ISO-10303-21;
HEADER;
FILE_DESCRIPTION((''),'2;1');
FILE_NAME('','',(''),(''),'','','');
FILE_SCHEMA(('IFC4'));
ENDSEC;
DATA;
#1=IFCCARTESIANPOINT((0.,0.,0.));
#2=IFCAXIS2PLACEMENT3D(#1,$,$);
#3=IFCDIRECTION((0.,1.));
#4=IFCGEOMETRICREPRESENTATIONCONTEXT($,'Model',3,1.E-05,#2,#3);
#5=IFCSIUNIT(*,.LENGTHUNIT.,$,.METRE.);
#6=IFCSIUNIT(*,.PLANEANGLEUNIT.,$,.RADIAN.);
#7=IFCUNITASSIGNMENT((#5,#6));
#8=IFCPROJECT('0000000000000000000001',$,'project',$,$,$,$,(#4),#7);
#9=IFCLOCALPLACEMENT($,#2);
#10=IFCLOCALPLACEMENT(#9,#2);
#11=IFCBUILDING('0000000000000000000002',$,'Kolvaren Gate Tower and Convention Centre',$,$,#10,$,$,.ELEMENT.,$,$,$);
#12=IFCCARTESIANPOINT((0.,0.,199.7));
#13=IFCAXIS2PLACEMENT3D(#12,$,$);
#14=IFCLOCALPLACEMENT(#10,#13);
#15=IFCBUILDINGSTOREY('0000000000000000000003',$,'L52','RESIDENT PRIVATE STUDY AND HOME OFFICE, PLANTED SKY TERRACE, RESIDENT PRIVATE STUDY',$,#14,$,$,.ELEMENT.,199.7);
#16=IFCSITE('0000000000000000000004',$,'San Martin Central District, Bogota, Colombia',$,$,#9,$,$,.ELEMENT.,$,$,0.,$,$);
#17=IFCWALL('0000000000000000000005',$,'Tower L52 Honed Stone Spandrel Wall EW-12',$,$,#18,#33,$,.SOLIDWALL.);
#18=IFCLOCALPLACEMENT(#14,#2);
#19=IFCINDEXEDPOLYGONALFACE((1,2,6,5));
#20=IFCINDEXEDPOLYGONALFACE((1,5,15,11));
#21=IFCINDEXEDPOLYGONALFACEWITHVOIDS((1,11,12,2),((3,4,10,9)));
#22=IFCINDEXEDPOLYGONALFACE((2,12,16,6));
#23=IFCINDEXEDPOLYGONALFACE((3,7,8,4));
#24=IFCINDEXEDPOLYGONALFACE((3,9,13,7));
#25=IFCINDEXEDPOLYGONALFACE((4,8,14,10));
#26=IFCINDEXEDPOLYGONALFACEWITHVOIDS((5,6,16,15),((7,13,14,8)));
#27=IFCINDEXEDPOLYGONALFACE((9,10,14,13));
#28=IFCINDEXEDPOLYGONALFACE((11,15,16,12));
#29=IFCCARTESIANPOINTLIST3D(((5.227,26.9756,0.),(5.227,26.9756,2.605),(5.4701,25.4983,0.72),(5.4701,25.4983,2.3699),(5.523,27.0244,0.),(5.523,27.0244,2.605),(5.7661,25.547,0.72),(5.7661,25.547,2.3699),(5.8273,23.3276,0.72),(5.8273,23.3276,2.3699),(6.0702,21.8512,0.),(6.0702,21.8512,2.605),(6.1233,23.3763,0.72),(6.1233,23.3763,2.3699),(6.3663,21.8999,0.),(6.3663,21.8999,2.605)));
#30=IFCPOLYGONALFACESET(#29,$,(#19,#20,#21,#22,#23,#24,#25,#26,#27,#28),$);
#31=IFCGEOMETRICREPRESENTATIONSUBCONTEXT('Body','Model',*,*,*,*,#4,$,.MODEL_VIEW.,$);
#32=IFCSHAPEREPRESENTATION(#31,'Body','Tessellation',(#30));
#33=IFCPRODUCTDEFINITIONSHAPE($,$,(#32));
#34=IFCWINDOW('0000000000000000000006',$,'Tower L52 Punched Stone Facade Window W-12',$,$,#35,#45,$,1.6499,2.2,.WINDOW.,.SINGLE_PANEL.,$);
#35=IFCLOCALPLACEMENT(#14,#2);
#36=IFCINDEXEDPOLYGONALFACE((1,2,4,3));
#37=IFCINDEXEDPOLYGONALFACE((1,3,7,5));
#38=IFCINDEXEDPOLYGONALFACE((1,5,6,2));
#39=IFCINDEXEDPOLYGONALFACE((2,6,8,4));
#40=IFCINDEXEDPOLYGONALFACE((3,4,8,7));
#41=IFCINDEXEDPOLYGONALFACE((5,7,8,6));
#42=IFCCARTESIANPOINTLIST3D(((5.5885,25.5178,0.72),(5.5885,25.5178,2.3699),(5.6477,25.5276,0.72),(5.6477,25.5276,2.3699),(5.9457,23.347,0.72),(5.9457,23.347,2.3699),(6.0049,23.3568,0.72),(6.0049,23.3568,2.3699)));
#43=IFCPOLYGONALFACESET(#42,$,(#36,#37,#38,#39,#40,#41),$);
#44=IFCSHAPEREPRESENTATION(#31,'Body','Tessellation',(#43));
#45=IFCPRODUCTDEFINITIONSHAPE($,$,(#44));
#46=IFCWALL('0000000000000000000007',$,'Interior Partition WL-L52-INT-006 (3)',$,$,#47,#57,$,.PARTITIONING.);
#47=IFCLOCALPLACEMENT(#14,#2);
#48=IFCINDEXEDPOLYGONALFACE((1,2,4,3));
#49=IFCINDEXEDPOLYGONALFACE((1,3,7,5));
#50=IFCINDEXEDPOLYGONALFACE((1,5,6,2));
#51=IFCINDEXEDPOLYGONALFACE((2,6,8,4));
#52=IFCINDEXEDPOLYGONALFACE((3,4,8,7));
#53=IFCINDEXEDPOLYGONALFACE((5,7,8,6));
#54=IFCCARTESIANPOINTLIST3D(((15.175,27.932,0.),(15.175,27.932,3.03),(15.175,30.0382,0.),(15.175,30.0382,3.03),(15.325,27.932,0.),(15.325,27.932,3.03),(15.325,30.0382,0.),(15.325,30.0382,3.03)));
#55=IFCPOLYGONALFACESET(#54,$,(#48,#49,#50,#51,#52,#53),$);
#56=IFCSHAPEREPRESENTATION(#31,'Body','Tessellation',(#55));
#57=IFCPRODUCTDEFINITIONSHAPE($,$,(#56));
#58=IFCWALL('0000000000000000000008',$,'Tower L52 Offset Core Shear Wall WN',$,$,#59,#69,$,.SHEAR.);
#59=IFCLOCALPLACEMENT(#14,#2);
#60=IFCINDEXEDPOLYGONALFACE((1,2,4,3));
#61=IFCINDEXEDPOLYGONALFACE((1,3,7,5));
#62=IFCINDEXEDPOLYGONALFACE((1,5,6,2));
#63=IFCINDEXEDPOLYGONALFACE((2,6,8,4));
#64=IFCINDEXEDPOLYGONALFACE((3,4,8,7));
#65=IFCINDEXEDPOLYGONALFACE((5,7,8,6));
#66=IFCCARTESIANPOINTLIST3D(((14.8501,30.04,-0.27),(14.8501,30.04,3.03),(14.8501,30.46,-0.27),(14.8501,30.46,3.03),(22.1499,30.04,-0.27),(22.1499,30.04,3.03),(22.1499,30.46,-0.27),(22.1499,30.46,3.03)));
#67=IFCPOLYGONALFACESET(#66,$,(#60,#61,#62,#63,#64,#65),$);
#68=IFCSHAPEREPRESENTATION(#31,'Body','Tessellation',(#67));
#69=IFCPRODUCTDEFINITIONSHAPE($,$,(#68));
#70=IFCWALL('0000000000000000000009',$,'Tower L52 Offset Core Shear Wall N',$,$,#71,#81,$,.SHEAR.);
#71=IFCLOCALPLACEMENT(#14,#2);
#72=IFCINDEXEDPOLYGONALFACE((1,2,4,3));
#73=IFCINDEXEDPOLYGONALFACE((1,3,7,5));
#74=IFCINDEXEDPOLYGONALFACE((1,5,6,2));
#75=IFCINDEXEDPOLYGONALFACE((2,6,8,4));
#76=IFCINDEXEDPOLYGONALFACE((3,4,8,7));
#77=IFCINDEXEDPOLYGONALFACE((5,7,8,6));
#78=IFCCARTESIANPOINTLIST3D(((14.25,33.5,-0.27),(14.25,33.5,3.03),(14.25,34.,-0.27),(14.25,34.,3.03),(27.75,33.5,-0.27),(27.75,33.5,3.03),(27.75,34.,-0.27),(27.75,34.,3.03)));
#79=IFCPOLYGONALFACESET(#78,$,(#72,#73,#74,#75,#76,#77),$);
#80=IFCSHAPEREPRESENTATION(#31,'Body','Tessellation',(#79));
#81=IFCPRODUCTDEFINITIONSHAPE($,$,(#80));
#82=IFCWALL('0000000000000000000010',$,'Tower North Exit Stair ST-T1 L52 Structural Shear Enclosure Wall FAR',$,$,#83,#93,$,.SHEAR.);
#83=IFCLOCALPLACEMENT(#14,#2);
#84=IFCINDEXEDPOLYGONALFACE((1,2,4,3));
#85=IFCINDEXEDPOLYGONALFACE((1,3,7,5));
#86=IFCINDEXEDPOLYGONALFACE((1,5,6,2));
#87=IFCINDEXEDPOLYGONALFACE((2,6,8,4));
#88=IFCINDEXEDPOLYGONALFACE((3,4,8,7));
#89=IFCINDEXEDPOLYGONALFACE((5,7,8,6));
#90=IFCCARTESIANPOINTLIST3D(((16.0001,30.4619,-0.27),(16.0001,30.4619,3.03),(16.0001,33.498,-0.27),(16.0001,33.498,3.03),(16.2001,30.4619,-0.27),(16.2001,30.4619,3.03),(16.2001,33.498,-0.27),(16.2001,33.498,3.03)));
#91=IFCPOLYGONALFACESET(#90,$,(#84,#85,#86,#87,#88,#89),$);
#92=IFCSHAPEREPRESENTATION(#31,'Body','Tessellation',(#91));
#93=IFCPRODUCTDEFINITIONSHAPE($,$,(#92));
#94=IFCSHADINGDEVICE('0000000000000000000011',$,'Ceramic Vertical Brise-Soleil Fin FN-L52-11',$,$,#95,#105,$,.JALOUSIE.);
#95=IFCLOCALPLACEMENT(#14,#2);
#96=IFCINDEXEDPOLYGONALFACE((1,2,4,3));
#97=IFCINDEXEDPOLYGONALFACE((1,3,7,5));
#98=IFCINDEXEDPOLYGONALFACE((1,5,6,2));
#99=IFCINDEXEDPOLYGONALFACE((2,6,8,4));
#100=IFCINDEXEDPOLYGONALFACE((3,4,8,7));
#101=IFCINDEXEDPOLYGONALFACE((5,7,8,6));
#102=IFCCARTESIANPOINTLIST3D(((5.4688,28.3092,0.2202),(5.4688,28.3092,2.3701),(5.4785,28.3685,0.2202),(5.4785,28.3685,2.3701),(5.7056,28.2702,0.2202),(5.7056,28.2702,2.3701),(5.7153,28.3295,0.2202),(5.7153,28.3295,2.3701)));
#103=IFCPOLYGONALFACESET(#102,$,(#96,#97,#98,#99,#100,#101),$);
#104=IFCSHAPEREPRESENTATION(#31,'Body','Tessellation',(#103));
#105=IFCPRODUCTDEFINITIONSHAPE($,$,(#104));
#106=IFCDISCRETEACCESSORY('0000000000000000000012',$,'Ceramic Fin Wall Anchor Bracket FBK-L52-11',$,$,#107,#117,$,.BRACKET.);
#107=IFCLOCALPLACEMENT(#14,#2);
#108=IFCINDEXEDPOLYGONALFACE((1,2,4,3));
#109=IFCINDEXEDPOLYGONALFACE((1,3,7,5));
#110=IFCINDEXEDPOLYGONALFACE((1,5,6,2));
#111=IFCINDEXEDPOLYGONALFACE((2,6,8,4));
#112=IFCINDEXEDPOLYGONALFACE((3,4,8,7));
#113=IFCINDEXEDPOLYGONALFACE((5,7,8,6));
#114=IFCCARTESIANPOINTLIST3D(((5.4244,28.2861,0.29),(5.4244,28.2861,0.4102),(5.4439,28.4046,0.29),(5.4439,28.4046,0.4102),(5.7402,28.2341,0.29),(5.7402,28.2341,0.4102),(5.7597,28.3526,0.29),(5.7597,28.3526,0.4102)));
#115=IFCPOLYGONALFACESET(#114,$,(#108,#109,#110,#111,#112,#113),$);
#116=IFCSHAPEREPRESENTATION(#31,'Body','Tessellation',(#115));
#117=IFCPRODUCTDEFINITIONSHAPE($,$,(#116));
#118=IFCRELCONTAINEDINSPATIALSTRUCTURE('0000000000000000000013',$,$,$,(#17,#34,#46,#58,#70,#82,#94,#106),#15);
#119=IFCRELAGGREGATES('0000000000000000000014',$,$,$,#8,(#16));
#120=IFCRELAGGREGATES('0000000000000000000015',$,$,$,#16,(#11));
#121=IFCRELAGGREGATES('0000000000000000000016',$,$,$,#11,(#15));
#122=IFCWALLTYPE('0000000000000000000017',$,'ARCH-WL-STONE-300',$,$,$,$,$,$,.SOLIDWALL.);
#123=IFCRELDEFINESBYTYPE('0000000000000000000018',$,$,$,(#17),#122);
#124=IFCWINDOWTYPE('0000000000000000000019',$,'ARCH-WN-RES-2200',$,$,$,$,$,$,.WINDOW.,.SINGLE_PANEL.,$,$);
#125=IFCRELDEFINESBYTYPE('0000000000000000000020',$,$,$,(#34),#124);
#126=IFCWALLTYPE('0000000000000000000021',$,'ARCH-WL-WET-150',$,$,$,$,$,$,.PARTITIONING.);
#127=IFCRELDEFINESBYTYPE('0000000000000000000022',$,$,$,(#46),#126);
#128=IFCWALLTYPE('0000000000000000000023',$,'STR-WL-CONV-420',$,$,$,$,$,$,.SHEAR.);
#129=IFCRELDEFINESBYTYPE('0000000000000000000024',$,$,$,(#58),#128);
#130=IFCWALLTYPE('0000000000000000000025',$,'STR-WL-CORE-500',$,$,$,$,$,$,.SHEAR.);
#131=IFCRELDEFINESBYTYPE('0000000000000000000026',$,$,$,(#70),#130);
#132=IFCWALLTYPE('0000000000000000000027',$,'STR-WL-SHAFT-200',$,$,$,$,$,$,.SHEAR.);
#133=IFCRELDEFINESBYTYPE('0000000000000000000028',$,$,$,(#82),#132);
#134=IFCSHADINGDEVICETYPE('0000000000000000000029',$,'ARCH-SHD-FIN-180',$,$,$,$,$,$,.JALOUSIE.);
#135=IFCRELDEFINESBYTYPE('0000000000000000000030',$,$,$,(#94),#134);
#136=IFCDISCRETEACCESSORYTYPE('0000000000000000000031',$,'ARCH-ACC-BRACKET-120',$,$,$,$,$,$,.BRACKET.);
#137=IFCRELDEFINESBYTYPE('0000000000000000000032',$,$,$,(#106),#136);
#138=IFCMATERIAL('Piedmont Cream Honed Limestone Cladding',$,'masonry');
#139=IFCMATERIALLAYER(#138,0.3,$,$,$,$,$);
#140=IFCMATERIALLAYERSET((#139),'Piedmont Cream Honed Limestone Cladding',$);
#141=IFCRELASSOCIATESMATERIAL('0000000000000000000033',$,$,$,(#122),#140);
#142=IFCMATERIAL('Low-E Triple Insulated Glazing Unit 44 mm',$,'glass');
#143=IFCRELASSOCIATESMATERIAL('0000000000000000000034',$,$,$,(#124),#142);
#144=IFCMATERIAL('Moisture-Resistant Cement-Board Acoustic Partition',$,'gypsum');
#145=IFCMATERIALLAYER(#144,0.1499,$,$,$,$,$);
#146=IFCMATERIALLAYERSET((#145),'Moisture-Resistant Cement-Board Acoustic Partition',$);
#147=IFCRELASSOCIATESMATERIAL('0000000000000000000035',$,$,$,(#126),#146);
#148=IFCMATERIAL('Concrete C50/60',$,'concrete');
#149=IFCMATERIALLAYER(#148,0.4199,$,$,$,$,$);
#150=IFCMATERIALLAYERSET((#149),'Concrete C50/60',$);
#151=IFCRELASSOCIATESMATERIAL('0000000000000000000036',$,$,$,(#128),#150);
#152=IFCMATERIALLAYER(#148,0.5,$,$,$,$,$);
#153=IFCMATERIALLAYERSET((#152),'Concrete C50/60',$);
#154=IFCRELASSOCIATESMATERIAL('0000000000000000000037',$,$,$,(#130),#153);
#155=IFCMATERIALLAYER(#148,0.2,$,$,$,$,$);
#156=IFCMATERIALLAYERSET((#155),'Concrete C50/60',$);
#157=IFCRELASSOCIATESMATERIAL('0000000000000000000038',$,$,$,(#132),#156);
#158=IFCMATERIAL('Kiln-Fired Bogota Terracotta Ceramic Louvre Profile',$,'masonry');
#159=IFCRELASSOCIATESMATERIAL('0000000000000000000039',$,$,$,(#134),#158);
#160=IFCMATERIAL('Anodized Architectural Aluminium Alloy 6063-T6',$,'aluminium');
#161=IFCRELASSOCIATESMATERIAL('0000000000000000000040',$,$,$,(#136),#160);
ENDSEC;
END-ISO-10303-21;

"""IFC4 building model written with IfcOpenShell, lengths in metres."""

from ifc_helpers import new_model, si_unit, direction, frame, frame_2d, origin, origin_2d, place, context, subcontext, project, spatial, rectangle, extrude, material, layer, layer_set, type_object, element, fill, save


model = new_model("IFC4")

# Units and contexts
model_context = context("Model", 3, precision=1e-05, world=origin(), true_north=direction((0.0, 1.0)))
body_context = subcontext(model_context, "Body", "Model", "MODEL_VIEW")
ifc_project = project(units=[si_unit("LENGTHUNIT", "METRE"), si_unit("PLANEANGLEUNIT", "RADIAN")], contexts=[model_context])

# Site, building, storey
site_placement = place(None, origin())
site = spatial("IfcSite", under=ifc_project, at=site_placement, Name="San Martin Central District, Bogota, Colombia", CompositionType="ELEMENT", RefElevation=0.0)
building_placement = place(site_placement, origin())
building = spatial("IfcBuilding", under=site, at=building_placement, Name="Kolvaren Gate Tower and Convention Centre", CompositionType="ELEMENT")
storey_placement = place(building_placement, frame((0.0, 0.0, 199.7)))
storey = spatial("IfcBuildingStorey", under=building, at=storey_placement, Name="L52", Description="RESIDENT PRIVATE STUDY AND HOME OFFICE, PLANTED SKY TERRACE, RESIDENT PRIVATE STUDY", CompositionType="ELEMENT", Elevation=199.7)

# Shared definitions
ifc_material_1 = material(Name="Piedmont Cream Honed Limestone Cladding", Category="masonry")

# Shared definitions
ifc_layer_1 = layer(ifc_material_1, 0.3)
ifc_layer_set_1 = layer_set([ifc_layer_1], Name="Piedmont Cream Honed Limestone Cladding")
wall_type_1 = type_object("IfcWallType", Name="ARCH-WL-STONE-300", PredefinedType="SOLIDWALL", material=ifc_layer_set_1)
ifc_material_2 = material(Name="Anodized Architectural Aluminium Alloy 6063-T6", Category="aluminium")

# Wall, opening, window
ifc_material_3 = material(Name="Low-E Triple Insulated Glazing Unit 44 mm", Category="glass")
window_type = type_object("IfcWindowType", Name="ARCH-WN-RES-2200", PartitioningType="SINGLE_PANEL", PredefinedType="WINDOW", material=ifc_material_3)
wall_1_placement = place(storey_placement, frame((5.375, 27.0, 0.0), z_axis=(0.0, 0.0, 1.0), x_axis=(0.162371, -0.98673, 0.0)))
wall_1 = element("IfcWall", 1, at=wall_1_placement, inside=storey, type_object=wall_type_1, Name="Tower L52 Honed Stone Spandrel Wall EW-12", PredefinedType="SOLIDWALL", context=body_context, shape_type="SweptSolid", body=[
    extrude(rectangle(XDim=5.1934, YDim=0.3, at=frame_2d((2.5967, 0.0))), origin(), (0.0, 0.0, 1.0), 2.605),
])
opening_1_placement = place(wall_1_placement, frame((1.4971, 0.0, 0.72)))
opening_1 = element("IfcOpeningElement", 2, at=opening_1_placement, cuts=wall_1, PredefinedType="OPENING", context=body_context, shape_type="SweptSolid", body=[
    extrude(rectangle(XDim=2.2, YDim=1.6499, at=frame_2d((1.1001, 0.825))), frame((0.0, 0.1599, 0.0), z_axis=(0.0, -1.0, 0.0), x_axis=(1.0, 0.0, 0.0)), (0.0, 0.0, 1.0), 0.3201),
])
window_1_placement = place(opening_1_placement, origin())
window_1 = element("IfcWindow", 3, at=window_1_placement, inside=storey, type_object=window_type, Name="Tower L52 Punched Stone Facade Window W-12", OverallHeight=1.6499, OverallWidth=2.2, PartitioningType="SINGLE_PANEL", PredefinedType="WINDOW", context=body_context, shape_type="SweptSolid", body=[
    extrude(rectangle(XDim=2.2, YDim=1.6499, at=frame_2d((1.1001, 0.825))), frame((0.0, 0.03, 0.0), z_axis=(0.0, -1.0, 0.0), x_axis=(1.0, 0.0, 0.0)), (0.0, 0.0, 1.0), 0.0601),
])
fill(opening_1, window_1)

# Walls
ifc_material_4 = material(Name="Moisture-Resistant Cement-Board Acoustic Partition", Category="gypsum")
ifc_layer_2 = layer(ifc_material_4, 0.1499)
ifc_layer_set_2 = layer_set([ifc_layer_2], Name="Moisture-Resistant Cement-Board Acoustic Partition")
wall_type_2 = type_object("IfcWallType", Name="ARCH-WL-WET-150", PredefinedType="PARTITIONING", material=ifc_layer_set_2)
wall_2_placement = place(storey_placement, frame((15.25, 27.9319, 0.0), z_axis=(0.0, 0.0, 1.0), x_axis=(0.0, 1.0, 0.0)))
element("IfcWall", 4, at=wall_2_placement, inside=storey, type_object=wall_type_2, Name="Interior Partition WL-L52-INT-006 (3)", PredefinedType="PARTITIONING", context=body_context, shape_type="SweptSolid", body=[
    extrude(rectangle(XDim=2.1062, YDim=0.1499, at=frame_2d((1.0532, 0.0))), origin(), (0.0, 0.0, 1.0), 3.03),
])
ifc_material_5 = material(Name="Concrete C50/60", Category="concrete")
ifc_layer_3 = layer(ifc_material_5, 0.4199)
ifc_layer_set_3 = layer_set([ifc_layer_3], Name="Concrete C50/60")
wall_type_3 = type_object("IfcWallType", Name="STR-WL-CONV-420", PredefinedType="SHEAR", material=ifc_layer_set_3)
wall_3_placement = place(storey_placement, frame((14.8501, 30.25, -0.27), z_axis=(0.0, 0.0, 1.0), x_axis=(1.0, 0.0, 0.0)))
element("IfcWall", 5, at=wall_3_placement, inside=storey, type_object=wall_type_3, Name="Tower L52 Offset Core Shear Wall WN", PredefinedType="SHEAR", context=body_context, shape_type="SweptSolid", body=[
    extrude(rectangle(XDim=7.2998, YDim=0.4199, at=frame_2d((3.6499, 0.0))), origin(), (0.0, 0.0, 1.0), 3.3),
])
ifc_layer_4 = layer(ifc_material_5, 0.5)
ifc_layer_set_4 = layer_set([ifc_layer_4], Name="Concrete C50/60")
wall_type_4 = type_object("IfcWallType", Name="STR-WL-CORE-500", PredefinedType="SHEAR", material=ifc_layer_set_4)
wall_4_placement = place(storey_placement, frame((14.25, 33.75, -0.27), z_axis=(0.0, 0.0, 1.0), x_axis=(1.0, 0.0, 0.0)))
element("IfcWall", 6, at=wall_4_placement, inside=storey, type_object=wall_type_4, Name="Tower L52 Offset Core Shear Wall N", PredefinedType="SHEAR", context=body_context, shape_type="SweptSolid", body=[
    extrude(rectangle(XDim=13.5, YDim=0.5, at=frame_2d((6.75, 0.0))), origin(), (0.0, 0.0, 1.0), 3.3),
])
ifc_layer_5 = layer(ifc_material_5, 0.2)
ifc_layer_set_5 = layer_set([ifc_layer_5], Name="Concrete C50/60")
wall_type_5 = type_object("IfcWallType", Name="STR-WL-SHAFT-200", PredefinedType="SHEAR", material=ifc_layer_set_5)
wall_5_placement = place(storey_placement, frame((16.1001, 30.4619, -0.27), z_axis=(0.0, 0.0, 1.0), x_axis=(0.0, 1.0, 0.0)))
element("IfcWall", 7, at=wall_5_placement, inside=storey, type_object=wall_type_5, Name="Tower North Exit Stair ST-T1 L52 Structural Shear Enclosure Wall FAR", PredefinedType="SHEAR", context=body_context, shape_type="SweptSolid", body=[
    extrude(rectangle(XDim=3.0361, YDim=0.2, at=frame_2d((1.5181, 0.0))), origin(), (0.0, 0.0, 1.0), 3.3),
])

# Shading device
ifc_material_6 = material(Name="Kiln-Fired Bogota Terracotta Ceramic Louvre Profile", Category="masonry")
shading_device_type = type_object("IfcShadingDeviceType", Name="ARCH-SHD-FIN-180", PredefinedType="JALOUSIE", material=ifc_material_6)
shading_device_placement = place(storey_placement, frame((5.592, 28.3193, 0.2202), z_axis=(0.0, 0.0, 1.0), x_axis=(0.162375, 0.986729, 0.0)))
element("IfcShadingDevice", 8, at=shading_device_placement, inside=storey, type_object=shading_device_type, Name="Ceramic Vertical Brise-Soleil Fin FN-L52-11", PredefinedType="JALOUSIE", context=body_context, shape_type="SweptSolid", body=[
    extrude(rectangle(XDim=0.0601, YDim=0.24, at=origin_2d()), origin(), (0.0, 0.0, 1.0), 2.1499),
])

# Discrete accessory
discrete_accessory_type = type_object("IfcDiscreteAccessoryType", Name="ARCH-ACC-BRACKET-120", PredefinedType="BRACKET", material=ifc_material_2)
discrete_accessory_placement = place(storey_placement, frame((5.592, 28.3193, 0.29), z_axis=(0.0, 0.0, 1.0), x_axis=(0.162375, 0.986729, 0.0)))
element("IfcDiscreteAccessory", 9, at=discrete_accessory_placement, inside=storey, type_object=discrete_accessory_type, Name="Ceramic Fin Wall Anchor Bracket FBK-L52-11", PredefinedType="BRACKET", context=body_context, shape_type="SweptSolid", body=[
    extrude(rectangle(XDim=0.1201, YDim=0.3201, at=origin_2d()), origin(), (0.0, 0.0, 1.0), 0.1201),
])

save(model, "model.ifc")
